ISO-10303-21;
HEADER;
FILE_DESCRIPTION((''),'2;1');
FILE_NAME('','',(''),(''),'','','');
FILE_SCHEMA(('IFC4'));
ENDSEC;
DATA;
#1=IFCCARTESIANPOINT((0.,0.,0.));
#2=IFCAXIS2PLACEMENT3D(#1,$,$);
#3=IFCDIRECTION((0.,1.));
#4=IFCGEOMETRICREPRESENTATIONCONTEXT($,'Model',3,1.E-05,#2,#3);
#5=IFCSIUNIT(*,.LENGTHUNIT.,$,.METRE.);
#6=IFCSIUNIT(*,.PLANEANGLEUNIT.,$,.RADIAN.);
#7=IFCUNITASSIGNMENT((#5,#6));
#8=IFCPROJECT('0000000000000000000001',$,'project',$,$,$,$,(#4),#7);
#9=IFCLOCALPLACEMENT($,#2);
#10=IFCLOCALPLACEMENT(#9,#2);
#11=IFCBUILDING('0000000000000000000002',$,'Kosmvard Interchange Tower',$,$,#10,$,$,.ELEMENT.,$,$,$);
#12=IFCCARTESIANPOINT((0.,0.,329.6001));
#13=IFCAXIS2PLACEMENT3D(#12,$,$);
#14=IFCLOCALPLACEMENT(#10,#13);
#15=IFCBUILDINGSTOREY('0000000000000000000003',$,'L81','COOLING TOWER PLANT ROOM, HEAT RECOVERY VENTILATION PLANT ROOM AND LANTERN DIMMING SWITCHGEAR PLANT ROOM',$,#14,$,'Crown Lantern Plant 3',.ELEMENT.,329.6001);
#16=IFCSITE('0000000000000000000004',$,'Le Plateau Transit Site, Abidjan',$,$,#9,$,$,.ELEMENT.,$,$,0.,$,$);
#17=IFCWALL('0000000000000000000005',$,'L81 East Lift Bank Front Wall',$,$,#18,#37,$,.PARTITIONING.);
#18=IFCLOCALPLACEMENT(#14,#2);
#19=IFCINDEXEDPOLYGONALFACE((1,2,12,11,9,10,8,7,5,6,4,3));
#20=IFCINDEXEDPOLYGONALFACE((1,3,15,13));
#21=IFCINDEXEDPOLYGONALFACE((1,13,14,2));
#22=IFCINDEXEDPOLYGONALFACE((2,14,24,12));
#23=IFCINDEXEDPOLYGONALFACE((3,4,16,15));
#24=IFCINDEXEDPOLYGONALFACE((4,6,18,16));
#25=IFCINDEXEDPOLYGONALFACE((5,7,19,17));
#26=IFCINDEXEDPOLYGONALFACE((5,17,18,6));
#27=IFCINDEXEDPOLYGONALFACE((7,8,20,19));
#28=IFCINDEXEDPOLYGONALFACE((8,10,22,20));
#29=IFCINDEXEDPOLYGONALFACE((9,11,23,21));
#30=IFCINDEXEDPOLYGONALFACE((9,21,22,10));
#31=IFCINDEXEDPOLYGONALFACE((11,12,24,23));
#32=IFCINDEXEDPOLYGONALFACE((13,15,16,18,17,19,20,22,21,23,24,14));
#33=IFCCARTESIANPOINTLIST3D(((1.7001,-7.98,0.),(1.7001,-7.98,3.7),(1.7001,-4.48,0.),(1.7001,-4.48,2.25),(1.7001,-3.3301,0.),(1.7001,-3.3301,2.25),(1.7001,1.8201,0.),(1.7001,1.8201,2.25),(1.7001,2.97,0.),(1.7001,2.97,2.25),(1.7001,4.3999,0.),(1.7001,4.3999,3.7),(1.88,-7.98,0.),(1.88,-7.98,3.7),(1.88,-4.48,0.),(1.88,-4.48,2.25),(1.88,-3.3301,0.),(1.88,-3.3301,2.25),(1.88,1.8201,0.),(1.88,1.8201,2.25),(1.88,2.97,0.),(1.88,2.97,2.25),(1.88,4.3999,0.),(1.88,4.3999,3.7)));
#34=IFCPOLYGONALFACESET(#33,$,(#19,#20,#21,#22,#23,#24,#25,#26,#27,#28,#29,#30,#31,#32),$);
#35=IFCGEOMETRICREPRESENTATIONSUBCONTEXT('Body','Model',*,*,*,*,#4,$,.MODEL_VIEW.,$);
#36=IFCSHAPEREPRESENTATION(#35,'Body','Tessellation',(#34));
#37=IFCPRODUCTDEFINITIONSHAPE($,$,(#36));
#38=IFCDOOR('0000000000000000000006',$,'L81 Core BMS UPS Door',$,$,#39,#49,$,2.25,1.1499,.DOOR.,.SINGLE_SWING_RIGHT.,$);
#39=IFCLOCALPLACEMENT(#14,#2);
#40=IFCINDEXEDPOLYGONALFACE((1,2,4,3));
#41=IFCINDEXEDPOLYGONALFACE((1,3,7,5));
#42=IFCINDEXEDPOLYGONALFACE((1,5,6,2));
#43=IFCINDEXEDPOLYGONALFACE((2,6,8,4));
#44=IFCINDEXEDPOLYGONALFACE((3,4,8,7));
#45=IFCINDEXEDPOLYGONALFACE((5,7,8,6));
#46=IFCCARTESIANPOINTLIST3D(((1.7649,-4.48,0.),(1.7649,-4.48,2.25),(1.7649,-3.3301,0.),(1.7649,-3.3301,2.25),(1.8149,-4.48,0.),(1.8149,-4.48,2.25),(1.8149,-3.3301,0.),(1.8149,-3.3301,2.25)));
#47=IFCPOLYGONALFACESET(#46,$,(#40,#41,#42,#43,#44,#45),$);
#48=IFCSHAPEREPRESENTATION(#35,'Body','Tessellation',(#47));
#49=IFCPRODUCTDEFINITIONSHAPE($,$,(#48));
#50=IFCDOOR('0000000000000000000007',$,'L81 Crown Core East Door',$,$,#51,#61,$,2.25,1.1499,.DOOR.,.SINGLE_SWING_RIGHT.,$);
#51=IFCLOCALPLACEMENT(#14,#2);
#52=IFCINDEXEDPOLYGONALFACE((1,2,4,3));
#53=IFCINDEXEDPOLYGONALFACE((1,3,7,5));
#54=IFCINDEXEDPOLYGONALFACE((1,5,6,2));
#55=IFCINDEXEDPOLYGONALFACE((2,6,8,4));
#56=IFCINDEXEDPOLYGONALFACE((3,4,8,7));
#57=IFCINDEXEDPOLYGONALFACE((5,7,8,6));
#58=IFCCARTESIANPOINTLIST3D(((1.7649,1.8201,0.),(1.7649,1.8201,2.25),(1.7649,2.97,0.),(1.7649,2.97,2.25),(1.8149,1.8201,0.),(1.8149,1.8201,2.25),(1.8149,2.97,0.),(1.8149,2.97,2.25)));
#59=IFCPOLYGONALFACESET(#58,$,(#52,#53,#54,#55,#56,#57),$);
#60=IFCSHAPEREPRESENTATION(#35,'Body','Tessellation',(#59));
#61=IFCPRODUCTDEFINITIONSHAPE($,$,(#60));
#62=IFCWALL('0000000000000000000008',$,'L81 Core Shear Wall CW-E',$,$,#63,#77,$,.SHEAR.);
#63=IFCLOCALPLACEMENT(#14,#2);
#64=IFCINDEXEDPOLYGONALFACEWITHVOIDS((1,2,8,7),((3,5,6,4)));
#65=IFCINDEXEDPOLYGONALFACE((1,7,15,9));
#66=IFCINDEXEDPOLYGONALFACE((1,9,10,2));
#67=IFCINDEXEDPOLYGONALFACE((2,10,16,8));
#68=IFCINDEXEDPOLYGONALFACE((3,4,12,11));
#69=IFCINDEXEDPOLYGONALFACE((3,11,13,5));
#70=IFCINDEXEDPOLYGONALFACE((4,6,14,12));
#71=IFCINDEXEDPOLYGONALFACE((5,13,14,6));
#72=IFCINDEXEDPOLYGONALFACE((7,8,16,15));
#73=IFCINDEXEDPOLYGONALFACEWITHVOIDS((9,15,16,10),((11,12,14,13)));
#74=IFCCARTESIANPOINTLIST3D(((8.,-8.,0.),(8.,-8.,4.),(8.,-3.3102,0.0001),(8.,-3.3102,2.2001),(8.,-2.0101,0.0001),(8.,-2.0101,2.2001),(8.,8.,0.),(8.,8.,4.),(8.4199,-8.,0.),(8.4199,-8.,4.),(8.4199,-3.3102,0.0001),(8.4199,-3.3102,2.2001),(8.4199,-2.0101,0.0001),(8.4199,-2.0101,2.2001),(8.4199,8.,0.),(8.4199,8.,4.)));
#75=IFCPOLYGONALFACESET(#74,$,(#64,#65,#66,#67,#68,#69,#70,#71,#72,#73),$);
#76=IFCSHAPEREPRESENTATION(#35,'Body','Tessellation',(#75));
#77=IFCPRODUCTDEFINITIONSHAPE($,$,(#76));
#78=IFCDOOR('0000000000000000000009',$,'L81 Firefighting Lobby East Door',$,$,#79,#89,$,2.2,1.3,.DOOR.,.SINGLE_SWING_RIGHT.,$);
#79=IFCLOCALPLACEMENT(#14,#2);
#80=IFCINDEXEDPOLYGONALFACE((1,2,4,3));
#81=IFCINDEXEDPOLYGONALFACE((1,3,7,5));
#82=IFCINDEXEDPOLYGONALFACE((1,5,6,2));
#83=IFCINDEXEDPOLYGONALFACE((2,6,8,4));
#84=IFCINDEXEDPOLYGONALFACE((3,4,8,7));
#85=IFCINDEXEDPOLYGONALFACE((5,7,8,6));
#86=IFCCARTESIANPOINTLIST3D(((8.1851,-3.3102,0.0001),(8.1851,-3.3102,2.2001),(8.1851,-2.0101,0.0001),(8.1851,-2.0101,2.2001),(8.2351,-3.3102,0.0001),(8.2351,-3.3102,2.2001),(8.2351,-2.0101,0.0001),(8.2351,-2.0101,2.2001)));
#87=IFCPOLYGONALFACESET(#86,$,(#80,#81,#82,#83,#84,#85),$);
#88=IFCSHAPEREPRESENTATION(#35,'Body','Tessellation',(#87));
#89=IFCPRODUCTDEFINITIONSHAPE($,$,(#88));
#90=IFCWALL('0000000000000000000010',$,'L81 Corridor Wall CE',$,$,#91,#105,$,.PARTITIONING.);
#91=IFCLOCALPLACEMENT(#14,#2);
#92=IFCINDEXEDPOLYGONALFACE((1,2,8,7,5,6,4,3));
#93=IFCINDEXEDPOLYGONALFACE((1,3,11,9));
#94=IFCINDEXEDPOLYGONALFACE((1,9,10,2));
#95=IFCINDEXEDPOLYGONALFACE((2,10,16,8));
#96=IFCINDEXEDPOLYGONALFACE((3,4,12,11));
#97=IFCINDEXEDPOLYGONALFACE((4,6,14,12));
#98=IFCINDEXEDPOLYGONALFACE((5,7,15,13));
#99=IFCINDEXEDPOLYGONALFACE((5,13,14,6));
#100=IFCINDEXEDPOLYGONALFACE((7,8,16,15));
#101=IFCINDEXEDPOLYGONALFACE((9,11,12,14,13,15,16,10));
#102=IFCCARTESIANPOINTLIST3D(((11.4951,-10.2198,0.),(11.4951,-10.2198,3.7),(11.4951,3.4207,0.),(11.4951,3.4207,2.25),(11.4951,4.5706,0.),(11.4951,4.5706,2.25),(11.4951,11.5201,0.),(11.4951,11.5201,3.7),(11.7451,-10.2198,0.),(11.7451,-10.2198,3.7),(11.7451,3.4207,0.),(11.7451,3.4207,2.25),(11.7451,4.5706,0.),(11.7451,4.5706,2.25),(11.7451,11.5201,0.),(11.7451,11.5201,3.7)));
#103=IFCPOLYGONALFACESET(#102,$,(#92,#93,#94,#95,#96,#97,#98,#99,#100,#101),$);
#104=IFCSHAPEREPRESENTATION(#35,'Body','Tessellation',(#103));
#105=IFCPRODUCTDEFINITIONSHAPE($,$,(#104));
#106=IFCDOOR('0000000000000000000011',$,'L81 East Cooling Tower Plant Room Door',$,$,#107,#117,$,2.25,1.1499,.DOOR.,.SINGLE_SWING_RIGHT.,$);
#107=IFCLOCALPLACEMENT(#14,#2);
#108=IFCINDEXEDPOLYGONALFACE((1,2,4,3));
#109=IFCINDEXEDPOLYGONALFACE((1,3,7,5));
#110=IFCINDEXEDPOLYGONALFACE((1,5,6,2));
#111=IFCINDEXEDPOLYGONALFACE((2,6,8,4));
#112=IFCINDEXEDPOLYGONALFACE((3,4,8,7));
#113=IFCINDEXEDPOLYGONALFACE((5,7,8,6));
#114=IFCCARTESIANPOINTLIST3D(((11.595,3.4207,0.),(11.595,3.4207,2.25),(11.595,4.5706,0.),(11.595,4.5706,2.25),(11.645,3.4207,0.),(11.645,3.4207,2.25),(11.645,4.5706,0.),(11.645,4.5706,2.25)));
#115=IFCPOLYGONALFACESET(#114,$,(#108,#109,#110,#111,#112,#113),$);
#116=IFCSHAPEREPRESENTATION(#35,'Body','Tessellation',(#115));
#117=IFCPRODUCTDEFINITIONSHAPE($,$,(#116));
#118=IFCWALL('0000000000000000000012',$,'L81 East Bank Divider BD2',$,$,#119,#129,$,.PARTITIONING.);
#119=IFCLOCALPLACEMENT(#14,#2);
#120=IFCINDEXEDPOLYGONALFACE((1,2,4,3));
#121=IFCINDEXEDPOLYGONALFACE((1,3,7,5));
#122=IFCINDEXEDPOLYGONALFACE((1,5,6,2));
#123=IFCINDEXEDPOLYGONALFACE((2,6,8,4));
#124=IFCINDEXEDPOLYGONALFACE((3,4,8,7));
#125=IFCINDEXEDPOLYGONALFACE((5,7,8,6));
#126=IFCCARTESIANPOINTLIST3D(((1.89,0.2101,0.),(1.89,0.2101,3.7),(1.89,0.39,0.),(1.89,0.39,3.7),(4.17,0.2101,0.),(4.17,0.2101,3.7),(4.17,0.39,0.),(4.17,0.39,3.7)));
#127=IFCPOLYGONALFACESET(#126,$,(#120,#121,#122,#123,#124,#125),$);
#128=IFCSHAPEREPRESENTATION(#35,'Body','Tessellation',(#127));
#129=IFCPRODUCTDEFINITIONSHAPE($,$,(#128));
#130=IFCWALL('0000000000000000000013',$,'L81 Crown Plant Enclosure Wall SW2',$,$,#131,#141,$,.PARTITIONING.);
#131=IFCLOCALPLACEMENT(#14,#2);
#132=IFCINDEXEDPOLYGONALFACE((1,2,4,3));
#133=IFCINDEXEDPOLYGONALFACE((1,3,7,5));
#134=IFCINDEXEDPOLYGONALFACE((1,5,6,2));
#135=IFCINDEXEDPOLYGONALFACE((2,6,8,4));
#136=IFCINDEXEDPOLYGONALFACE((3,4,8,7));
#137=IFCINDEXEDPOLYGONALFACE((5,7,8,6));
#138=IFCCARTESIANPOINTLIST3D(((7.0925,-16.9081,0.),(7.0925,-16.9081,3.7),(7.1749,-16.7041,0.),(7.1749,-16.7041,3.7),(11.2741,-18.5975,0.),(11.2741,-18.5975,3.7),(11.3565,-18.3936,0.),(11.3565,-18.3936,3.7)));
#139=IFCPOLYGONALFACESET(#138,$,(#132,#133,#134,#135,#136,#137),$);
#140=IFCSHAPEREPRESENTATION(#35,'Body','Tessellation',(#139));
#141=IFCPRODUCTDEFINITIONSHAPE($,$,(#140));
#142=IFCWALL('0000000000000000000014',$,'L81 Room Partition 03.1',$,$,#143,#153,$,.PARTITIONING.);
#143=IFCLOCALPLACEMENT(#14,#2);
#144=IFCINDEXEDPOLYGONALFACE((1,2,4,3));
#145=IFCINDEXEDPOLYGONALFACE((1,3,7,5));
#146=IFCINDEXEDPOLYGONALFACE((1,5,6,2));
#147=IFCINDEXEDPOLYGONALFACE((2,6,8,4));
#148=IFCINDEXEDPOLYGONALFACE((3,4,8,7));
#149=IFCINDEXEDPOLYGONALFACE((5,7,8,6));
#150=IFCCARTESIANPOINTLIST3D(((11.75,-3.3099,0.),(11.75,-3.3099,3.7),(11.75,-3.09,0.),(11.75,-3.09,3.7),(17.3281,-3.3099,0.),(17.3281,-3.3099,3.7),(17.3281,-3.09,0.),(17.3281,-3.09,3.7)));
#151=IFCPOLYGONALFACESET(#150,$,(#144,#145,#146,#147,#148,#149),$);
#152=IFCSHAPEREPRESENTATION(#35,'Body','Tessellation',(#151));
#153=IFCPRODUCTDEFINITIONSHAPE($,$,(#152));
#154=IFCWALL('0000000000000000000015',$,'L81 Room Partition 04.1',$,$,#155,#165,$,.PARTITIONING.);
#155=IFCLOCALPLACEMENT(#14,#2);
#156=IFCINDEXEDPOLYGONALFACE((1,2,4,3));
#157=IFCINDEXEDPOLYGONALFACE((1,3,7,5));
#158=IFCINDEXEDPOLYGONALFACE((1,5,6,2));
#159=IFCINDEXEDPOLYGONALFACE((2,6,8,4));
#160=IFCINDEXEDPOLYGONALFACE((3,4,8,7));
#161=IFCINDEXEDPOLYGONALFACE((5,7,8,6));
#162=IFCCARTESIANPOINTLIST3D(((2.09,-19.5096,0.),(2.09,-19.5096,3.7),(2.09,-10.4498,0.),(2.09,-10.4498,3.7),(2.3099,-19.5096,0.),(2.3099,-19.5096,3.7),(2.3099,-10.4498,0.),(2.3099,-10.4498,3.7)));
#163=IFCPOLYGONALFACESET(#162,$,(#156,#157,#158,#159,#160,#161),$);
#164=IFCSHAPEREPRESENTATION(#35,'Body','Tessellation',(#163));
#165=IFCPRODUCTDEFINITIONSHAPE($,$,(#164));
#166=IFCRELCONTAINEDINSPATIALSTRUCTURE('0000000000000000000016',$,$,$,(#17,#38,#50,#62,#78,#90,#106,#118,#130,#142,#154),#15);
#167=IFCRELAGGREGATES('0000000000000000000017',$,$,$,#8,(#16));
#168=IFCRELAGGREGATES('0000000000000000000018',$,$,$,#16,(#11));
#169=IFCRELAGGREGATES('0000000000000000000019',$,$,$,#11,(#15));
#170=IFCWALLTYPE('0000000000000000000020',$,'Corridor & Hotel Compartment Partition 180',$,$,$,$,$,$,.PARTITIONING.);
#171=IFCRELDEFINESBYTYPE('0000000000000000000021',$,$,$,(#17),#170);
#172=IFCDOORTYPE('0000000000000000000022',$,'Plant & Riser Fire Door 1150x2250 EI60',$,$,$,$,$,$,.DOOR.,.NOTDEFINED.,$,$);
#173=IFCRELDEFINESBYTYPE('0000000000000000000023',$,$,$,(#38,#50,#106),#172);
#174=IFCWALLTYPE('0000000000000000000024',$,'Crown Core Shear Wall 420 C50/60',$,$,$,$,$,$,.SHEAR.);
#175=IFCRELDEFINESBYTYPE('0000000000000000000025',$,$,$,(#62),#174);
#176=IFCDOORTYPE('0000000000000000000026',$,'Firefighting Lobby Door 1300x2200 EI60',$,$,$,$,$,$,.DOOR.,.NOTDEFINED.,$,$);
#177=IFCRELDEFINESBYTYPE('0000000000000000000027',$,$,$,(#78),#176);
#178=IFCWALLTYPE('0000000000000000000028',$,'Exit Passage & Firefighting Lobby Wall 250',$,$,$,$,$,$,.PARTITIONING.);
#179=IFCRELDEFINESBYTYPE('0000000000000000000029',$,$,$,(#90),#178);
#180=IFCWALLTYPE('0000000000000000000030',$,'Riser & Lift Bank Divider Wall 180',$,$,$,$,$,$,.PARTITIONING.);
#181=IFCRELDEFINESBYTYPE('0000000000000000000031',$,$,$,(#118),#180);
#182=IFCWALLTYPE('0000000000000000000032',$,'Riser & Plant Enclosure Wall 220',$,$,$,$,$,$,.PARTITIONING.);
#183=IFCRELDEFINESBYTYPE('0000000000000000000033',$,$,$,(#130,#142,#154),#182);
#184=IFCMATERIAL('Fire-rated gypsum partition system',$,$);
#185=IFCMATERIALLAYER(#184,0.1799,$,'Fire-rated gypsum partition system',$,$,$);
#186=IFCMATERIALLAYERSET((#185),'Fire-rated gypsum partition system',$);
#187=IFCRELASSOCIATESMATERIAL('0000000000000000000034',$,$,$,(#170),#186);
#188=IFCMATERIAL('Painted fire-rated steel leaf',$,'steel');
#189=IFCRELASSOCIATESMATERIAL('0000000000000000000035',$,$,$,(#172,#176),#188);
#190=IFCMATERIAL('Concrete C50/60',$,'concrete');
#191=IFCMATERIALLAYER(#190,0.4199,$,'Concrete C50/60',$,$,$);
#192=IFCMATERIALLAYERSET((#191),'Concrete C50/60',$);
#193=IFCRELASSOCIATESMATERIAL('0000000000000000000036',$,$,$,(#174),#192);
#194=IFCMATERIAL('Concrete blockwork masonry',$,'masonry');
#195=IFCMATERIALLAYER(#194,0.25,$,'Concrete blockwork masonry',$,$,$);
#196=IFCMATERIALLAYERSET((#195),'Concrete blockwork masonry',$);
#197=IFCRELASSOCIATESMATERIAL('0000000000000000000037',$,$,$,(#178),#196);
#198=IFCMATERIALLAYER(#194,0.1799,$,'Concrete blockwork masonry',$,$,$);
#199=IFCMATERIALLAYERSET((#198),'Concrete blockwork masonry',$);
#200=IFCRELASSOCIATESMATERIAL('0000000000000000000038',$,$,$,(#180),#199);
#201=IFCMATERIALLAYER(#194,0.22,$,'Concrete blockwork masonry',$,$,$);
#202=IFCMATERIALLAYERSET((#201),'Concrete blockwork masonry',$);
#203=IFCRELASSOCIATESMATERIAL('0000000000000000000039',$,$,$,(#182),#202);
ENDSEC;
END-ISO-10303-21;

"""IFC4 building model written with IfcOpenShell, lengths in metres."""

from ifc_helpers import new_model, si_unit, direction, frame, frame_2d, origin, place, context, subcontext, project, spatial, rectangle, extrude, source, transform, mapped, material, layer, layer_set, type_object, element, fill, save


model = new_model("IFC4")

# Units and contexts
model_context = context("Model", 3, precision=1e-05, world=origin(), true_north=direction((0.0, 1.0)))
body_context = subcontext(model_context, "Body", "Model", "MODEL_VIEW")
ifc_project = project(units=[si_unit("LENGTHUNIT", "METRE"), si_unit("PLANEANGLEUNIT", "RADIAN")], contexts=[model_context])

# Site, building, storey
site_placement = place(None, origin())
site = spatial("IfcSite", under=ifc_project, at=site_placement, Name="Le Plateau Transit Site, Abidjan", CompositionType="ELEMENT", RefElevation=0.0)
building_placement = place(site_placement, origin())
building = spatial("IfcBuilding", under=site, at=building_placement, Name="Kosmvard Interchange Tower", CompositionType="ELEMENT")
storey_placement = place(building_placement, frame((0.0, 0.0, 329.6001)))
storey = spatial("IfcBuildingStorey", under=building, at=storey_placement, Name="L81", Description="COOLING TOWER PLANT ROOM, HEAT RECOVERY VENTILATION PLANT ROOM AND LANTERN DIMMING SWITCHGEAR PLANT ROOM", LongName="Crown Lantern Plant 3", CompositionType="ELEMENT", Elevation=329.6001)

# Shared definitions
ifc_material_1 = material(Name="Concrete C50/60", Category="concrete")

# Wall, openings, doors
ifc_material_2 = material(Name="Fire-rated gypsum partition system")
ifc_layer_1 = layer(ifc_material_2, 0.1799, Name="Fire-rated gypsum partition system")
ifc_layer_set_1 = layer_set([ifc_layer_1], Name="Fire-rated gypsum partition system")
wall_type_1 = type_object("IfcWallType", Name="Corridor & Hotel Compartment Partition 180", PredefinedType="PARTITIONING", material=ifc_layer_set_1)
wall_1_placement = place(storey_placement, frame((1.79, -7.98, 0.0), z_axis=(0.0, 0.0, 1.0), x_axis=(0.0, 1.0, 0.0)))
wall_1 = element("IfcWall", 1, at=wall_1_placement, inside=storey, type_object=wall_type_1, Name="L81 East Lift Bank Front Wall", PredefinedType="PARTITIONING", context=body_context, shape_type="SweptSolid", body=[
    extrude(rectangle(XDim=12.3799, YDim=0.1799, at=frame_2d((6.1899, 0.0))), origin(), (0.0, 0.0, 1.0), 3.7),
])
opening_1_placement = place(wall_1_placement, frame((3.5, 0.0, 0.0)))
opening_1 = element("IfcOpeningElement", 2, at=opening_1_placement, cuts=wall_1, PredefinedType="OPENING", context=body_context, shape_type="SweptSolid", body=[
    extrude(rectangle(XDim=1.1499, YDim=2.25, at=frame_2d((0.575, 1.125))), frame((0.0, 0.1001, 0.0), z_axis=(0.0, -1.0, 0.0), x_axis=(1.0, 0.0, 0.0)), (0.0, 0.0, 1.0), 0.2),
])
opening_2_placement = place(wall_1_placement, frame((9.8, 0.0, 0.0)))
opening_2 = element("IfcOpeningElement", 3, at=opening_2_placement, cuts=wall_1, PredefinedType="OPENING", context=body_context, shape_type="SweptSolid", body=[
    extrude(rectangle(XDim=1.1499, YDim=2.25, at=frame_2d((0.575, 1.125))), frame((0.0, 0.1001, 0.0), z_axis=(0.0, -1.0, 0.0), x_axis=(1.0, 0.0, 0.0)), (0.0, 0.0, 1.0), 0.2),
])
ifc_material_3 = material(Name="Painted fire-rated steel leaf", Category="steel")
door_type_1 = type_object("IfcDoorType", Name="Plant & Riser Fire Door 1150x2250 EI60", OperationType="NOTDEFINED", PredefinedType="DOOR", material=ifc_material_3)
shared_shape_1 = source(origin(), body_context, "Body", "SweptSolid", [
    extrude(rectangle(XDim=1.1499, YDim=2.25, at=frame_2d((0.575, 1.125))), frame((0.0, 0.0249, 0.0), z_axis=(0.0, -1.0, 0.0), x_axis=(1.0, 0.0, 0.0)), (0.0, 0.0, 1.0), 0.05),
])
door_1_placement = place(opening_1_placement, frame((1.1499, 0.0, 0.0), z_axis=(0.0, 0.0, 1.0), x_axis=(-1.0, 0.0, 0.0)))
door_1 = element("IfcDoor", 4, at=door_1_placement, inside=storey, type_object=door_type_1, Name="L81 Core BMS UPS Door", OperationType="SINGLE_SWING_RIGHT", OverallHeight=2.25, OverallWidth=1.1499, PredefinedType="DOOR", context=body_context, shape_type="MappedRepresentation", body=[
    mapped(shared_shape_1, transform((0.0, 0.0, 0.0), scale=1.0)),
])
fill(opening_1, door_1)
door_2_placement = place(opening_2_placement, frame((1.1499, 0.0, 0.0), z_axis=(0.0, 0.0, 1.0), x_axis=(-1.0, 0.0, 0.0)))
door_2 = element("IfcDoor", 5, at=door_2_placement, inside=storey, type_object=door_type_1, Name="L81 Crown Core East Door", OperationType="SINGLE_SWING_RIGHT", OverallHeight=2.25, OverallWidth=1.1499, PredefinedType="DOOR", context=body_context, shape_type="MappedRepresentation", body=[
    mapped(shared_shape_1, transform((0.0, 0.0, 0.0), scale=1.0)),
])
fill(opening_2, door_2)

# Walls, openings, doors
ifc_layer_2 = layer(ifc_material_1, 0.4199, Name="Concrete C50/60")
ifc_layer_set_2 = layer_set([ifc_layer_2], Name="Concrete C50/60")
wall_type_2 = type_object("IfcWallType", Name="Crown Core Shear Wall 420 C50/60", PredefinedType="SHEAR", material=ifc_layer_set_2)
wall_2_placement = place(storey_placement, frame((8.21, -8.0, 0.0), z_axis=(0.0, 0.0, 1.0), x_axis=(0.0, 1.0, 0.0)))
wall_2 = element("IfcWall", 6, at=wall_2_placement, inside=storey, type_object=wall_type_2, Name="L81 Core Shear Wall CW-E", PredefinedType="SHEAR", context=body_context, shape_type="SweptSolid", body=[
    extrude(rectangle(XDim=16.0, YDim=0.4199, at=frame_2d((8.0, 0.0))), origin(), (0.0, 0.0, 1.0), 4.0),
])
opening_3_placement = place(wall_2_placement, frame((4.6899, 0.0, 0.0)))
opening_3 = element("IfcOpeningElement", 7, at=opening_3_placement, cuts=wall_2, PredefinedType="OPENING", context=body_context, shape_type="SweptSolid", body=[
    extrude(rectangle(XDim=1.3, YDim=2.2, at=frame_2d((0.6499, 1.1001))), frame((0.0, 0.22, 0.0), z_axis=(0.0, -1.0, 0.0), x_axis=(1.0, 0.0, 0.0)), (0.0, 0.0, 1.0), 0.4399),
])
door_type_2 = type_object("IfcDoorType", Name="Firefighting Lobby Door 1300x2200 EI60", OperationType="NOTDEFINED", PredefinedType="DOOR", material=ifc_material_3)
shared_shape_2 = source(origin(), body_context, "Body", "SweptSolid", [
    extrude(rectangle(XDim=1.3, YDim=2.2, at=frame_2d((0.6499, 1.1001))), frame((0.0, 0.0249, 0.0), z_axis=(0.0, -1.0, 0.0), x_axis=(1.0, 0.0, 0.0)), (0.0, 0.0, 1.0), 0.05),
])
door_3_placement = place(opening_3_placement, origin())
door_3 = element("IfcDoor", 8, at=door_3_placement, inside=storey, type_object=door_type_2, Name="L81 Firefighting Lobby East Door", OperationType="SINGLE_SWING_RIGHT", OverallHeight=2.2, OverallWidth=1.3, PredefinedType="DOOR", context=body_context, shape_type="MappedRepresentation", body=[
    mapped(shared_shape_2, transform((0.0, 0.0, 0.0), scale=1.0)),
])
fill(opening_3, door_3)
ifc_material_4 = material(Name="Concrete blockwork masonry", Category="masonry")
ifc_layer_3 = layer(ifc_material_4, 0.25, Name="Concrete blockwork masonry")
ifc_layer_set_3 = layer_set([ifc_layer_3], Name="Concrete blockwork masonry")
wall_type_3 = type_object("IfcWallType", Name="Exit Passage & Firefighting Lobby Wall 250", PredefinedType="PARTITIONING", material=ifc_layer_set_3)
wall_3_placement = place(storey_placement, frame((11.6201, -10.22, 0.0), z_axis=(0.0, 0.0, 1.0), x_axis=(0.0, 1.0, 0.0)))
wall_3 = element("IfcWall", 9, at=wall_3_placement, inside=storey, type_object=wall_type_3, Name="L81 Corridor Wall CE", PredefinedType="PARTITIONING", context=body_context, shape_type="SweptSolid", body=[
    extrude(rectangle(XDim=21.74, YDim=0.25, at=frame_2d((10.8701, 0.0))), origin(), (0.0, 0.0, 1.0), 3.7),
])
opening_4_placement = place(wall_3_placement, frame((13.6406, 0.0, 0.0)))
opening_4 = element("IfcOpeningElement", 10, at=opening_4_placement, cuts=wall_3, PredefinedType="OPENING", context=body_context, shape_type="SweptSolid", body=[
    extrude(rectangle(XDim=1.1499, YDim=2.25, at=frame_2d((0.575, 1.125))), frame((0.0, 0.135, 0.0), z_axis=(0.0, -1.0, 0.0), x_axis=(1.0, 0.0, 0.0)), (0.0, 0.0, 1.0), 0.27),
])
door_4_placement = place(opening_4_placement, frame((1.1499, 0.0, 0.0), z_axis=(0.0, 0.0, 1.0), x_axis=(-1.0, 0.0, 0.0)))
door_4 = element("IfcDoor", 11, at=door_4_placement, inside=storey, type_object=door_type_1, Name="L81 East Cooling Tower Plant Room Door", OperationType="SINGLE_SWING_RIGHT", OverallHeight=2.25, OverallWidth=1.1499, PredefinedType="DOOR", context=body_context, shape_type="MappedRepresentation", body=[
    mapped(shared_shape_1, transform((0.0, 0.0, 0.0), scale=1.0)),
])
fill(opening_4, door_4)

# Walls
ifc_layer_4 = layer(ifc_material_4, 0.1799, Name="Concrete blockwork masonry")
ifc_layer_set_4 = layer_set([ifc_layer_4], Name="Concrete blockwork masonry")
wall_type_4 = type_object("IfcWallType", Name="Riser & Lift Bank Divider Wall 180", PredefinedType="PARTITIONING", material=ifc_layer_set_4)
wall_4_placement = place(storey_placement, frame((1.8899, 0.3, 0.0), z_axis=(0.0, 0.0, 1.0), x_axis=(1.0, 0.0, 0.0)))
element("IfcWall", 12, at=wall_4_placement, inside=storey, type_object=wall_type_4, Name="L81 East Bank Divider BD2", PredefinedType="PARTITIONING", context=body_context, shape_type="SweptSolid", body=[
    extrude(rectangle(XDim=2.28, YDim=0.1799, at=frame_2d((1.1401, 0.0))), origin(), (0.0, 0.0, 1.0), 3.7),
])
ifc_layer_5 = layer(ifc_material_4, 0.22, Name="Concrete blockwork masonry")
ifc_layer_set_5 = layer_set([ifc_layer_5], Name="Concrete blockwork masonry")
wall_type_5 = type_object("IfcWallType", Name="Riser & Plant Enclosure Wall 220", PredefinedType="PARTITIONING", material=ifc_layer_set_5)
wall_5_placement = place(storey_placement, frame((7.1338, -16.8062, 0.0), z_axis=(0.0, 0.0, 1.0), x_axis=(0.927187, -0.374599, 0.0)))
element("IfcWall", 13, at=wall_5_placement, inside=storey, type_object=wall_type_5, Name="L81 Crown Plant Enclosure Wall SW2", PredefinedType="PARTITIONING", context=body_context, shape_type="SweptSolid", body=[
    extrude(rectangle(XDim=4.51, YDim=0.22, at=frame_2d((2.2549, 0.0))), origin(), (0.0, 0.0, 1.0), 3.7),
])
wall_6_placement = place(storey_placement, frame((11.75, -3.2, 0.0), z_axis=(0.0, 0.0, 1.0), x_axis=(1.0, 0.0, 0.0)))
element("IfcWall", 14, at=wall_6_placement, inside=storey, type_object=wall_type_5, Name="L81 Room Partition 03.1", PredefinedType="PARTITIONING", context=body_context, shape_type="SweptSolid", body=[
    extrude(rectangle(XDim=5.5781, YDim=0.22, at=frame_2d((2.7891, 0.0))), origin(), (0.0, 0.0, 1.0), 3.7),
])
wall_7_placement = place(storey_placement, frame((2.2, -10.45, 0.0), z_axis=(0.0, 0.0, 1.0), x_axis=(0.0, -1.0, 0.0)))
element("IfcWall", 15, at=wall_7_placement, inside=storey, type_object=wall_type_5, Name="L81 Room Partition 04.1", PredefinedType="PARTITIONING", context=body_context, shape_type="SweptSolid", body=[
    extrude(rectangle(XDim=9.0598, YDim=0.22, at=frame_2d((4.5298, 0.0))), origin(), (0.0, 0.0, 1.0), 3.7),
])

save(model, "model.ifc")
